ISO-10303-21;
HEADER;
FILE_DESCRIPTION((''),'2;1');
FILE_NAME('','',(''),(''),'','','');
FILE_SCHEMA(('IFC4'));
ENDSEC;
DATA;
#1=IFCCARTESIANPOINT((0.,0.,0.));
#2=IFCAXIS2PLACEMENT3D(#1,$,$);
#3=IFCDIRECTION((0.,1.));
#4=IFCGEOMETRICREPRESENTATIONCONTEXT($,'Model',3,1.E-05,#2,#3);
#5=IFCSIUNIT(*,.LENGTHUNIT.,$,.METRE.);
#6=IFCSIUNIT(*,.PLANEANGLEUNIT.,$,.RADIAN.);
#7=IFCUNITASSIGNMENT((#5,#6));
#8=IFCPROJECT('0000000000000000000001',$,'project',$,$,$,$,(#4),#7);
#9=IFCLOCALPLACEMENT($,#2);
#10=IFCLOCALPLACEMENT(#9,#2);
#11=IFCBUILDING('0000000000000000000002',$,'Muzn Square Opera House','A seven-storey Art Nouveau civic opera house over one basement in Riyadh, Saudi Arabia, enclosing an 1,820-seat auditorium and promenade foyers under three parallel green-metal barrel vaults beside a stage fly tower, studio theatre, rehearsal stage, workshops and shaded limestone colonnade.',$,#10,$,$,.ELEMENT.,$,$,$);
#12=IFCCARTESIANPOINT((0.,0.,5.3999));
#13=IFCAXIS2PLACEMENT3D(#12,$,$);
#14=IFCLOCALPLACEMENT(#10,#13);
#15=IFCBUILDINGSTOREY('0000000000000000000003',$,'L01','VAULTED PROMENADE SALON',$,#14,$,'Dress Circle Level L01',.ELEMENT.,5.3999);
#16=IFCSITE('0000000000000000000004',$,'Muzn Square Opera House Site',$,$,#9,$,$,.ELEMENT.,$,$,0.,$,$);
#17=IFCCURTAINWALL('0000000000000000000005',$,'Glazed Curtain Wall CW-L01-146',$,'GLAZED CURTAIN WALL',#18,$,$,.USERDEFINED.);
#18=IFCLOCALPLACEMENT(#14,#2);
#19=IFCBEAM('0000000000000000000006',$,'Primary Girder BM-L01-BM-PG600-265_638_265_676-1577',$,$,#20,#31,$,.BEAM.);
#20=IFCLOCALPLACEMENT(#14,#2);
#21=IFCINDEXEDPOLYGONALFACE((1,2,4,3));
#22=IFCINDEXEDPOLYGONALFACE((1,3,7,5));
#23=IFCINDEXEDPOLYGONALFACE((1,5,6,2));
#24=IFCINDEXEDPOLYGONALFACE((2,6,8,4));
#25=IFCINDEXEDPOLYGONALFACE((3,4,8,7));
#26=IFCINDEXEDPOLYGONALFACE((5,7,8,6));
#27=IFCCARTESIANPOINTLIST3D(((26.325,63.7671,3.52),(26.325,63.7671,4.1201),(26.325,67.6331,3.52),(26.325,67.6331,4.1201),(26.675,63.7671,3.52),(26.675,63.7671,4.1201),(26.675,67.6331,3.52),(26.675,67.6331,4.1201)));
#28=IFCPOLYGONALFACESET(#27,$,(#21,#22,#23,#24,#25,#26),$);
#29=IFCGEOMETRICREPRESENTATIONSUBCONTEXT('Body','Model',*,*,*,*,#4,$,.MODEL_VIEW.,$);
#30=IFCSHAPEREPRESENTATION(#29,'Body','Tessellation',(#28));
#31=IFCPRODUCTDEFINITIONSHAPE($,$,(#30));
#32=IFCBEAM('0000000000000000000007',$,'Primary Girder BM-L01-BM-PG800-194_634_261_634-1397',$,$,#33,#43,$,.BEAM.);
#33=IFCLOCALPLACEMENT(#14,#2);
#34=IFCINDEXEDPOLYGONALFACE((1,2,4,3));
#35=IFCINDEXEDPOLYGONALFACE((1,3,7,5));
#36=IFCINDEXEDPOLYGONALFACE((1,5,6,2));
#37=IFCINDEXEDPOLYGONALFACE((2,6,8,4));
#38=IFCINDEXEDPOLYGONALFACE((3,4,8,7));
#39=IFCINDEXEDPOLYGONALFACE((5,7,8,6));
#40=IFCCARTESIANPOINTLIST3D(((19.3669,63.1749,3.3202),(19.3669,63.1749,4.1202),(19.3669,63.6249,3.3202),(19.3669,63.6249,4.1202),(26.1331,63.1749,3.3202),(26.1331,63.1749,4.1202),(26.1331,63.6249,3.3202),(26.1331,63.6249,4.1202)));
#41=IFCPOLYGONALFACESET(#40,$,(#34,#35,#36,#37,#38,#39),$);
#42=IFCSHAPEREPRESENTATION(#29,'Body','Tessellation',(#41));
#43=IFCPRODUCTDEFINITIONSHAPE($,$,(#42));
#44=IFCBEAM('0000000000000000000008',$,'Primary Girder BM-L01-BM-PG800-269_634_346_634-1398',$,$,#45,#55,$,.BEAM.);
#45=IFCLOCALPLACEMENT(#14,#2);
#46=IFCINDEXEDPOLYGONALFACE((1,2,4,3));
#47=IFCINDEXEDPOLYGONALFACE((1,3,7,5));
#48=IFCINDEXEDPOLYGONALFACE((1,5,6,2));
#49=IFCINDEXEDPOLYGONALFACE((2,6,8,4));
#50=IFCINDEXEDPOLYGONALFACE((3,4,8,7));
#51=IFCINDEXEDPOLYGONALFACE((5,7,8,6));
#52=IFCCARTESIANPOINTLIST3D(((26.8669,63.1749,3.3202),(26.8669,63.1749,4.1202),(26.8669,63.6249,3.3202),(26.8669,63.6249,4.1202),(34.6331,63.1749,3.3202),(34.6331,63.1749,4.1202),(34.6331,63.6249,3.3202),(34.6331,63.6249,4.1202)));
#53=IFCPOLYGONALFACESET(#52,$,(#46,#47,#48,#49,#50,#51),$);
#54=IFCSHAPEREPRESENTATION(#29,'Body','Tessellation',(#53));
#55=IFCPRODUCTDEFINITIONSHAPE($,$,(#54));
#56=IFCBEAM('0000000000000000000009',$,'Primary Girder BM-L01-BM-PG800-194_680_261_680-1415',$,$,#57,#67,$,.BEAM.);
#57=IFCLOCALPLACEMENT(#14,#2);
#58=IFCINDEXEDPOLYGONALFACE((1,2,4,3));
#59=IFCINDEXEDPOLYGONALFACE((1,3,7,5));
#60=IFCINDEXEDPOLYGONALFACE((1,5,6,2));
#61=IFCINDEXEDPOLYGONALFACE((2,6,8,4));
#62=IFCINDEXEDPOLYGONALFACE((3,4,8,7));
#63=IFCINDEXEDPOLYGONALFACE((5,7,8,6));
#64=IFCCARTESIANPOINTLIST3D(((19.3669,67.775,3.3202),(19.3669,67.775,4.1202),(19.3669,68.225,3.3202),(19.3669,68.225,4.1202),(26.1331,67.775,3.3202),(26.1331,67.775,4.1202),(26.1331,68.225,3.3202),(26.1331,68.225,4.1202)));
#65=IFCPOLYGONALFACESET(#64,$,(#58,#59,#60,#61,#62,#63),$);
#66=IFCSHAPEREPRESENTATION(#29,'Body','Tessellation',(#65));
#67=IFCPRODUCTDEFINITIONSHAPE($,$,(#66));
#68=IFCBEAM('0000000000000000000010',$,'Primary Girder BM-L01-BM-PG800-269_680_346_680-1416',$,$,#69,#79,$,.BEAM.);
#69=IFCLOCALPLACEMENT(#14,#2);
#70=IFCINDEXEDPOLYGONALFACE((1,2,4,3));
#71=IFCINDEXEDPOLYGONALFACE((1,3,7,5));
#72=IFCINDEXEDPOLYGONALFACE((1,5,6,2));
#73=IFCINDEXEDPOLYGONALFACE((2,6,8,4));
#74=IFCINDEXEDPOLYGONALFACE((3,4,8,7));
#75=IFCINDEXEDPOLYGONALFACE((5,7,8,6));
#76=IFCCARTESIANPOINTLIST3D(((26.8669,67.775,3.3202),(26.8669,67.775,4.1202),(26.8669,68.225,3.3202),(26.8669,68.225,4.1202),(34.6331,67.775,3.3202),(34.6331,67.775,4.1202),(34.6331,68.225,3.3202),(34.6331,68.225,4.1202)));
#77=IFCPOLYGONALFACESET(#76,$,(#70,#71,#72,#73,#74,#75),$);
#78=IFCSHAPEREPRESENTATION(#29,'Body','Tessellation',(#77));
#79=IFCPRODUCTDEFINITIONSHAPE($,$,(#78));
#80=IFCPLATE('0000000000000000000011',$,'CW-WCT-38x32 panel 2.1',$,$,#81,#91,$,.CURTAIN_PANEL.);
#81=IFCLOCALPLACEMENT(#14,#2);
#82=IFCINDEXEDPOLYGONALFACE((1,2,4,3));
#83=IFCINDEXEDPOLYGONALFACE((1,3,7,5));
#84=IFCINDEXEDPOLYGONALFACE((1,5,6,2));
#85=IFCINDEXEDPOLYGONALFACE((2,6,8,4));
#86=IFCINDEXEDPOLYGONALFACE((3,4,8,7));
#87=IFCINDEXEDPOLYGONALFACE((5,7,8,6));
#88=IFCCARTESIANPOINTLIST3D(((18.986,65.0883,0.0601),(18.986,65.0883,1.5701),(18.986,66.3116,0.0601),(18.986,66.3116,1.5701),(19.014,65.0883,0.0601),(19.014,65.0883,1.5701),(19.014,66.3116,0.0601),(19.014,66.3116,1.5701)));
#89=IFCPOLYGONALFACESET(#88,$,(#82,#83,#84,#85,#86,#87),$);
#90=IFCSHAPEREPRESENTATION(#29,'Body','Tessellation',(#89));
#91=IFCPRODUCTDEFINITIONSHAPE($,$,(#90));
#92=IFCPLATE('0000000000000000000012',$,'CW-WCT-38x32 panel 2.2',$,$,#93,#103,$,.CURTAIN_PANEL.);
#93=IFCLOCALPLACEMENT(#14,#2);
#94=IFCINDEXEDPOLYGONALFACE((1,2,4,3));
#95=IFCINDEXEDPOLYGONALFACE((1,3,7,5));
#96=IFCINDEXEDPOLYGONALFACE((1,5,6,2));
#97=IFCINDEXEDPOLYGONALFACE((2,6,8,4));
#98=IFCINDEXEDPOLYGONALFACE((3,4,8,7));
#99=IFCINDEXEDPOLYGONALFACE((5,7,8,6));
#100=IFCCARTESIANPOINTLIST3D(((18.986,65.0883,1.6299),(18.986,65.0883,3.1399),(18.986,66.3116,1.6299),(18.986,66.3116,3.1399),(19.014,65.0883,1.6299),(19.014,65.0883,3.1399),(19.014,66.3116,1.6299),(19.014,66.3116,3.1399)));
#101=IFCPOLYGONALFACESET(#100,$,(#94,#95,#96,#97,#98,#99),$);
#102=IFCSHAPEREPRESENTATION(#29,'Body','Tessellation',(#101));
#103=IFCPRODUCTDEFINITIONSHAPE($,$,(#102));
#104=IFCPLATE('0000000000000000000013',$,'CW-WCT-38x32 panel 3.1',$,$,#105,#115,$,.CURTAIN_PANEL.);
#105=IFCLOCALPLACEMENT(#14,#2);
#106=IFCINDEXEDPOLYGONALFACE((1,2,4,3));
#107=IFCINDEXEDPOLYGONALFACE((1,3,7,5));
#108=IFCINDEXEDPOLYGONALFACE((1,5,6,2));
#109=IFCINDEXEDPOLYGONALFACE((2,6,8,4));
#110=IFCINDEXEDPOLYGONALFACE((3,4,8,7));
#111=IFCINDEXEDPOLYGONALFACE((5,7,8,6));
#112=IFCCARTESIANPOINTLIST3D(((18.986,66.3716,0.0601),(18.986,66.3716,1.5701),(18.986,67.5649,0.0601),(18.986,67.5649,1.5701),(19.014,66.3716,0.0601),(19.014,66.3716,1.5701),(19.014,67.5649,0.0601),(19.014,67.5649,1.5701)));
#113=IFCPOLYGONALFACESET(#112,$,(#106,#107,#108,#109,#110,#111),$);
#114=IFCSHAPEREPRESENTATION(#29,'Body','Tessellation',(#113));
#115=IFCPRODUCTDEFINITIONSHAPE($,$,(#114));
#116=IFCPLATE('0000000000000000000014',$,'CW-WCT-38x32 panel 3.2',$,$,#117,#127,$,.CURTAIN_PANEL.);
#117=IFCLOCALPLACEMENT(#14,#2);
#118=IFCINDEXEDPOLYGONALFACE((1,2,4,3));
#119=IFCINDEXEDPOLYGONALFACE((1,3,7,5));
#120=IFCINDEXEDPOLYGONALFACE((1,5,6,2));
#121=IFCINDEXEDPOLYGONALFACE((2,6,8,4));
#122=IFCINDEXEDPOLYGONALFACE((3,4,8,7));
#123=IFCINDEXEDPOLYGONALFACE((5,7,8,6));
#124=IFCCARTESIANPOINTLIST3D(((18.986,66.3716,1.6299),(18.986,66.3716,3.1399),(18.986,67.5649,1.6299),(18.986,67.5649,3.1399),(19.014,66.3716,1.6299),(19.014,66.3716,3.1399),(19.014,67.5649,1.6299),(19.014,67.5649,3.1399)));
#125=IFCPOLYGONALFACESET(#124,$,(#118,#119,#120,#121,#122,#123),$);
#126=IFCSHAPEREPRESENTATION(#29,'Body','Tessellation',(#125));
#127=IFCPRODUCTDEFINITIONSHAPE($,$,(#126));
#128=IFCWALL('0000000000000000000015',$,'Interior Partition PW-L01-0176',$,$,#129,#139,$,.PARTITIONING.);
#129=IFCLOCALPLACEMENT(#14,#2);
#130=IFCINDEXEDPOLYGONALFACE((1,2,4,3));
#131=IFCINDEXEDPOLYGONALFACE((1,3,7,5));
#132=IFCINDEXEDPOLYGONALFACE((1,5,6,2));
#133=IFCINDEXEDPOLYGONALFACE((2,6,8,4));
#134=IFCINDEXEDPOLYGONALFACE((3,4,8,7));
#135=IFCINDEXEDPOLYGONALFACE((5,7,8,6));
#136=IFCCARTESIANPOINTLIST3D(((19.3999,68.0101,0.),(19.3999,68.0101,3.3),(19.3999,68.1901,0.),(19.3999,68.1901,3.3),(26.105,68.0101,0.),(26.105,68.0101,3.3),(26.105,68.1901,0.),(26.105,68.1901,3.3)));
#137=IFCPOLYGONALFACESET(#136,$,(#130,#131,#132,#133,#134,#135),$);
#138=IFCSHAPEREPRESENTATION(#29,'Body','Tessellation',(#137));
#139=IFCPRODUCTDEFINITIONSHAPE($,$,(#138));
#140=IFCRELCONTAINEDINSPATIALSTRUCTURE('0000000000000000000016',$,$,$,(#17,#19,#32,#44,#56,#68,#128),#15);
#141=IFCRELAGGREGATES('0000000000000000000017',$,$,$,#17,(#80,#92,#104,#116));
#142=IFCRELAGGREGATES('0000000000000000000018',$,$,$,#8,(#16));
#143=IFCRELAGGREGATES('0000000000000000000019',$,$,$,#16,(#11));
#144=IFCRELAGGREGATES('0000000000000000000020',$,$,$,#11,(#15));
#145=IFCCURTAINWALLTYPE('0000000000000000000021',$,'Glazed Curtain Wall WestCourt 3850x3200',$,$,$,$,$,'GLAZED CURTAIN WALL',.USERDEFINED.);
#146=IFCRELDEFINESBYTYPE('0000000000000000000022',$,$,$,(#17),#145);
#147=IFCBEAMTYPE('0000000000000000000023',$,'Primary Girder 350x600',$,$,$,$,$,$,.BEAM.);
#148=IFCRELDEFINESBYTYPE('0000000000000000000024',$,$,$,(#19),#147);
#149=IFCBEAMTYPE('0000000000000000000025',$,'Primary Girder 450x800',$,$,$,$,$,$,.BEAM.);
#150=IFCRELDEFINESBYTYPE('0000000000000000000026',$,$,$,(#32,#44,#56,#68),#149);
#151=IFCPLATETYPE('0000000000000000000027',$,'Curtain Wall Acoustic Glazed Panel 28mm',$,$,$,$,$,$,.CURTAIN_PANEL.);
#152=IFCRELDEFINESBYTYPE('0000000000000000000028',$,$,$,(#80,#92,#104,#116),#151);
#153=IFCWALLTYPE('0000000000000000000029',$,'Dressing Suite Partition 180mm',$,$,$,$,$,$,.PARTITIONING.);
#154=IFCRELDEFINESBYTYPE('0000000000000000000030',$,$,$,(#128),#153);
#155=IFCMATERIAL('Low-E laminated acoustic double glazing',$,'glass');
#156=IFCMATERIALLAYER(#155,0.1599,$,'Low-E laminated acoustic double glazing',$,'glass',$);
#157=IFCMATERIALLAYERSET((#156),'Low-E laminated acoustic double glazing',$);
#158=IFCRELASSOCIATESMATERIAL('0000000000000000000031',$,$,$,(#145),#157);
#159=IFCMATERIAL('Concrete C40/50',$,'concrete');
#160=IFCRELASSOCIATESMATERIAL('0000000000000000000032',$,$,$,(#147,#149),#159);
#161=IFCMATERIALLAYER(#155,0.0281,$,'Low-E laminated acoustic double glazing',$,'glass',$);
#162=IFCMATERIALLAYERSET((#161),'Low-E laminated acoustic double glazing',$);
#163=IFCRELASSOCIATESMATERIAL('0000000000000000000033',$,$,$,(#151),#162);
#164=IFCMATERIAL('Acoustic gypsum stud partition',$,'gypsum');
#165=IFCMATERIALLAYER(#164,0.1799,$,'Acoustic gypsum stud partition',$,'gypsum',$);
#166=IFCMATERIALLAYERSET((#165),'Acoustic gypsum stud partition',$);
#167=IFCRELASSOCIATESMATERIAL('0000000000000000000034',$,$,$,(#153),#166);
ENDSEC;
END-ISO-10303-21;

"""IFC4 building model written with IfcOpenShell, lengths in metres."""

from ifc_helpers import new_model, si_unit, direction, frame, frame_2d, origin, origin_2d, place, context, subcontext, project, spatial, rectangle, extrude, material, layer, layer_set, material_profile, profile_set, type_object, element, aggregate, save


model = new_model("IFC4")

# Units and contexts
model_context = context("Model", 3, precision=1e-05, world=origin(), true_north=direction((0.0, 1.0)))
body_context = subcontext(model_context, "Body", "Model", "MODEL_VIEW")
ifc_project = project(units=[si_unit("LENGTHUNIT", "METRE"), si_unit("PLANEANGLEUNIT", "RADIAN")], contexts=[model_context])

# Site, building, storey
site_placement = place(None, origin())
site = spatial("IfcSite", under=ifc_project, at=site_placement, Name="Muzn Square Opera House Site", CompositionType="ELEMENT", RefElevation=0.0)
building_placement = place(site_placement, origin())
building = spatial("IfcBuilding", under=site, at=building_placement, Name="Muzn Square Opera House", Description="A seven-storey Art Nouveau civic opera house over one basement in Riyadh, Saudi Arabia, enclosing an 1,820-seat auditorium and promenade foyers under three parallel green-metal barrel vaults beside a stage fly tower, studio theatre, rehearsal stage, workshops and shaded limestone colonnade.", CompositionType="ELEMENT")
storey_placement = place(building_placement, frame((0.0, 0.0, 5.3999)))
storey = spatial("IfcBuildingStorey", under=building, at=storey_placement, Name="L01", Description="VAULTED PROMENADE SALON", LongName="Dress Circle Level L01", CompositionType="ELEMENT", Elevation=5.3999)

# Curtain wall
ifc_material_1 = material(Name="Low-E laminated acoustic double glazing", Category="glass")
ifc_layer_1 = layer(ifc_material_1, 0.1599, Name="Low-E laminated acoustic double glazing", Category="glass")
ifc_layer_set_1 = layer_set([ifc_layer_1], Name="Low-E laminated acoustic double glazing")
curtain_wall_type = type_object("IfcCurtainWallType", Name="Glazed Curtain Wall WestCourt 3850x3200", ElementType="GLAZED CURTAIN WALL", PredefinedType="USERDEFINED", material=ifc_layer_set_1)
curtain_wall_placement = place(storey_placement, origin())
curtain_wall = element("IfcCurtainWall", 1, at=curtain_wall_placement, inside=storey, type_object=curtain_wall_type, Name="Glazed Curtain Wall CW-L01-146", ObjectType="GLAZED CURTAIN WALL", PredefinedType="USERDEFINED")

# Beams
ifc_material_2 = material(Name="Concrete C40/50", Category="concrete")
ifc_material_profile_1 = material_profile(ifc_material_2, rectangle(XDim=0.3501, YDim=0.6001, at=origin_2d()), Name="RCB 350x600", Category="concrete")
ifc_profile_set_1 = profile_set([ifc_material_profile_1], Name="Concrete C40/50")
beam_type_1 = type_object("IfcBeamType", Name="Primary Girder 350x600", PredefinedType="BEAM", material=ifc_profile_set_1)
beam_1_placement = place(storey_placement, frame((26.5, 63.7671, 3.8201), z_axis=(0.0, 1.0, 0.0), x_axis=(-1.0, 0.0, 0.0)))
element("IfcBeam", 2, at=beam_1_placement, inside=storey, type_object=beam_type_1, Name="Primary Girder BM-L01-BM-PG600-265_638_265_676-1577", PredefinedType="BEAM", context=body_context, shape_type="SweptSolid", body=[
    extrude(rectangle(XDim=0.3501, YDim=0.6001, at=origin_2d()), origin(), (0.0, 0.0, 1.0), 3.866),
])
ifc_material_profile_2 = material_profile(ifc_material_2, rectangle(XDim=0.45, YDim=0.8, at=origin_2d()), Name="RCB 450x800", Category="concrete")
ifc_profile_set_2 = profile_set([ifc_material_profile_2], Name="Concrete C40/50")
beam_type_2 = type_object("IfcBeamType", Name="Primary Girder 450x800", PredefinedType="BEAM", material=ifc_profile_set_2)
beam_2_placement = place(storey_placement, frame((19.3669, 63.3999, 3.7202), z_axis=(1.0, 0.0, 0.0), x_axis=(0.0, 1.0, 0.0)))
element("IfcBeam", 3, at=beam_2_placement, inside=storey, type_object=beam_type_2, Name="Primary Girder BM-L01-BM-PG800-194_634_261_634-1397", PredefinedType="BEAM", context=body_context, shape_type="SweptSolid", body=[
    extrude(rectangle(XDim=0.45, YDim=0.8, at=origin_2d()), origin(), (0.0, 0.0, 1.0), 6.7661),
])
beam_3_placement = place(storey_placement, frame((26.8669, 63.3999, 3.7202), z_axis=(1.0, 0.0, 0.0), x_axis=(0.0, 1.0, 0.0)))
element("IfcBeam", 4, at=beam_3_placement, inside=storey, type_object=beam_type_2, Name="Primary Girder BM-L01-BM-PG800-269_634_346_634-1398", PredefinedType="BEAM", context=body_context, shape_type="SweptSolid", body=[
    extrude(rectangle(XDim=0.45, YDim=0.8, at=origin_2d()), origin(), (0.0, 0.0, 1.0), 7.7661),
])
beam_4_placement = place(storey_placement, frame((19.3669, 68.0, 3.7202), z_axis=(1.0, 0.0, 0.0), x_axis=(0.0, 1.0, 0.0)))
element("IfcBeam", 5, at=beam_4_placement, inside=storey, type_object=beam_type_2, Name="Primary Girder BM-L01-BM-PG800-194_680_261_680-1415", PredefinedType="BEAM", context=body_context, shape_type="SweptSolid", body=[
    extrude(rectangle(XDim=0.45, YDim=0.8, at=origin_2d()), origin(), (0.0, 0.0, 1.0), 6.7661),
])
beam_5_placement = place(storey_placement, frame((26.8669, 68.0, 3.7202), z_axis=(1.0, 0.0, 0.0), x_axis=(0.0, 1.0, 0.0)))
element("IfcBeam", 6, at=beam_5_placement, inside=storey, type_object=beam_type_2, Name="Primary Girder BM-L01-BM-PG800-269_680_346_680-1416", PredefinedType="BEAM", context=body_context, shape_type="SweptSolid", body=[
    extrude(rectangle(XDim=0.45, YDim=0.8, at=origin_2d()), origin(), (0.0, 0.0, 1.0), 7.7661),
])

# Plates
ifc_layer_2 = layer(ifc_material_1, 0.0281, Name="Low-E laminated acoustic double glazing", Category="glass")
ifc_layer_set_2 = layer_set([ifc_layer_2], Name="Low-E laminated acoustic double glazing")
plate_type = type_object("IfcPlateType", Name="Curtain Wall Acoustic Glazed Panel 28mm", PredefinedType="CURTAIN_PANEL", material=ifc_layer_set_2)
plate_1_placement = place(storey_placement, frame((19.0, 65.7, 0.0601), z_axis=(0.0, 0.0, 1.0), x_axis=(0.0, 1.0, 0.0)))
plate_1 = element("IfcPlate", 7, at=plate_1_placement, type_object=plate_type, Name="CW-WCT-38x32 panel 2.1", PredefinedType="CURTAIN_PANEL", context=body_context, shape_type="SweptSolid", body=[
    extrude(rectangle(XDim=1.2234, YDim=0.0281, at=origin_2d()), origin(), (0.0, 0.0, 1.0), 1.51),
])
plate_2_placement = place(storey_placement, frame((19.0, 65.7, 1.6299), z_axis=(0.0, 0.0, 1.0), x_axis=(0.0, 1.0, 0.0)))
plate_2 = element("IfcPlate", 8, at=plate_2_placement, type_object=plate_type, Name="CW-WCT-38x32 panel 2.2", PredefinedType="CURTAIN_PANEL", context=body_context, shape_type="SweptSolid", body=[
    extrude(rectangle(XDim=1.2234, YDim=0.0281, at=origin_2d()), origin(), (0.0, 0.0, 1.0), 1.51),
])
plate_3_placement = place(storey_placement, frame((19.0, 66.9683, 0.0601), z_axis=(0.0, 0.0, 1.0), x_axis=(0.0, 1.0, 0.0)))
plate_3 = element("IfcPlate", 9, at=plate_3_placement, type_object=plate_type, Name="CW-WCT-38x32 panel 3.1", PredefinedType="CURTAIN_PANEL", context=body_context, shape_type="SweptSolid", body=[
    extrude(rectangle(XDim=1.1934, YDim=0.0281, at=origin_2d()), origin(), (0.0, 0.0, 1.0), 1.51),
])
plate_4_placement = place(storey_placement, frame((19.0, 66.9683, 1.6299), z_axis=(0.0, 0.0, 1.0), x_axis=(0.0, 1.0, 0.0)))
plate_4 = element("IfcPlate", 10, at=plate_4_placement, type_object=plate_type, Name="CW-WCT-38x32 panel 3.2", PredefinedType="CURTAIN_PANEL", context=body_context, shape_type="SweptSolid", body=[
    extrude(rectangle(XDim=1.1934, YDim=0.0281, at=origin_2d()), origin(), (0.0, 0.0, 1.0), 1.51),
])
aggregate(curtain_wall, [plate_1, plate_2, plate_3, plate_4])

# Wall
ifc_material_3 = material(Name="Acoustic gypsum stud partition", Category="gypsum")
ifc_layer_3 = layer(ifc_material_3, 0.1799, Name="Acoustic gypsum stud partition", Category="gypsum")
ifc_layer_set_3 = layer_set([ifc_layer_3], Name="Acoustic gypsum stud partition")
wall_type = type_object("IfcWallType", Name="Dressing Suite Partition 180mm", PredefinedType="PARTITIONING", material=ifc_layer_set_3)
wall_placement = place(storey_placement, frame((19.3999, 68.1001, 0.0), z_axis=(0.0, 0.0, 1.0), x_axis=(1.0, 0.0, 0.0)))
element("IfcWall", 11, at=wall_placement, inside=storey, type_object=wall_type, Name="Interior Partition PW-L01-0176", PredefinedType="PARTITIONING", context=body_context, shape_type="SweptSolid", body=[
    extrude(rectangle(XDim=6.7051, YDim=0.1799, at=frame_2d((3.3525, 0.0))), origin(), (0.0, 0.0, 1.0), 3.3),
])

save(model, "model.ifc")
